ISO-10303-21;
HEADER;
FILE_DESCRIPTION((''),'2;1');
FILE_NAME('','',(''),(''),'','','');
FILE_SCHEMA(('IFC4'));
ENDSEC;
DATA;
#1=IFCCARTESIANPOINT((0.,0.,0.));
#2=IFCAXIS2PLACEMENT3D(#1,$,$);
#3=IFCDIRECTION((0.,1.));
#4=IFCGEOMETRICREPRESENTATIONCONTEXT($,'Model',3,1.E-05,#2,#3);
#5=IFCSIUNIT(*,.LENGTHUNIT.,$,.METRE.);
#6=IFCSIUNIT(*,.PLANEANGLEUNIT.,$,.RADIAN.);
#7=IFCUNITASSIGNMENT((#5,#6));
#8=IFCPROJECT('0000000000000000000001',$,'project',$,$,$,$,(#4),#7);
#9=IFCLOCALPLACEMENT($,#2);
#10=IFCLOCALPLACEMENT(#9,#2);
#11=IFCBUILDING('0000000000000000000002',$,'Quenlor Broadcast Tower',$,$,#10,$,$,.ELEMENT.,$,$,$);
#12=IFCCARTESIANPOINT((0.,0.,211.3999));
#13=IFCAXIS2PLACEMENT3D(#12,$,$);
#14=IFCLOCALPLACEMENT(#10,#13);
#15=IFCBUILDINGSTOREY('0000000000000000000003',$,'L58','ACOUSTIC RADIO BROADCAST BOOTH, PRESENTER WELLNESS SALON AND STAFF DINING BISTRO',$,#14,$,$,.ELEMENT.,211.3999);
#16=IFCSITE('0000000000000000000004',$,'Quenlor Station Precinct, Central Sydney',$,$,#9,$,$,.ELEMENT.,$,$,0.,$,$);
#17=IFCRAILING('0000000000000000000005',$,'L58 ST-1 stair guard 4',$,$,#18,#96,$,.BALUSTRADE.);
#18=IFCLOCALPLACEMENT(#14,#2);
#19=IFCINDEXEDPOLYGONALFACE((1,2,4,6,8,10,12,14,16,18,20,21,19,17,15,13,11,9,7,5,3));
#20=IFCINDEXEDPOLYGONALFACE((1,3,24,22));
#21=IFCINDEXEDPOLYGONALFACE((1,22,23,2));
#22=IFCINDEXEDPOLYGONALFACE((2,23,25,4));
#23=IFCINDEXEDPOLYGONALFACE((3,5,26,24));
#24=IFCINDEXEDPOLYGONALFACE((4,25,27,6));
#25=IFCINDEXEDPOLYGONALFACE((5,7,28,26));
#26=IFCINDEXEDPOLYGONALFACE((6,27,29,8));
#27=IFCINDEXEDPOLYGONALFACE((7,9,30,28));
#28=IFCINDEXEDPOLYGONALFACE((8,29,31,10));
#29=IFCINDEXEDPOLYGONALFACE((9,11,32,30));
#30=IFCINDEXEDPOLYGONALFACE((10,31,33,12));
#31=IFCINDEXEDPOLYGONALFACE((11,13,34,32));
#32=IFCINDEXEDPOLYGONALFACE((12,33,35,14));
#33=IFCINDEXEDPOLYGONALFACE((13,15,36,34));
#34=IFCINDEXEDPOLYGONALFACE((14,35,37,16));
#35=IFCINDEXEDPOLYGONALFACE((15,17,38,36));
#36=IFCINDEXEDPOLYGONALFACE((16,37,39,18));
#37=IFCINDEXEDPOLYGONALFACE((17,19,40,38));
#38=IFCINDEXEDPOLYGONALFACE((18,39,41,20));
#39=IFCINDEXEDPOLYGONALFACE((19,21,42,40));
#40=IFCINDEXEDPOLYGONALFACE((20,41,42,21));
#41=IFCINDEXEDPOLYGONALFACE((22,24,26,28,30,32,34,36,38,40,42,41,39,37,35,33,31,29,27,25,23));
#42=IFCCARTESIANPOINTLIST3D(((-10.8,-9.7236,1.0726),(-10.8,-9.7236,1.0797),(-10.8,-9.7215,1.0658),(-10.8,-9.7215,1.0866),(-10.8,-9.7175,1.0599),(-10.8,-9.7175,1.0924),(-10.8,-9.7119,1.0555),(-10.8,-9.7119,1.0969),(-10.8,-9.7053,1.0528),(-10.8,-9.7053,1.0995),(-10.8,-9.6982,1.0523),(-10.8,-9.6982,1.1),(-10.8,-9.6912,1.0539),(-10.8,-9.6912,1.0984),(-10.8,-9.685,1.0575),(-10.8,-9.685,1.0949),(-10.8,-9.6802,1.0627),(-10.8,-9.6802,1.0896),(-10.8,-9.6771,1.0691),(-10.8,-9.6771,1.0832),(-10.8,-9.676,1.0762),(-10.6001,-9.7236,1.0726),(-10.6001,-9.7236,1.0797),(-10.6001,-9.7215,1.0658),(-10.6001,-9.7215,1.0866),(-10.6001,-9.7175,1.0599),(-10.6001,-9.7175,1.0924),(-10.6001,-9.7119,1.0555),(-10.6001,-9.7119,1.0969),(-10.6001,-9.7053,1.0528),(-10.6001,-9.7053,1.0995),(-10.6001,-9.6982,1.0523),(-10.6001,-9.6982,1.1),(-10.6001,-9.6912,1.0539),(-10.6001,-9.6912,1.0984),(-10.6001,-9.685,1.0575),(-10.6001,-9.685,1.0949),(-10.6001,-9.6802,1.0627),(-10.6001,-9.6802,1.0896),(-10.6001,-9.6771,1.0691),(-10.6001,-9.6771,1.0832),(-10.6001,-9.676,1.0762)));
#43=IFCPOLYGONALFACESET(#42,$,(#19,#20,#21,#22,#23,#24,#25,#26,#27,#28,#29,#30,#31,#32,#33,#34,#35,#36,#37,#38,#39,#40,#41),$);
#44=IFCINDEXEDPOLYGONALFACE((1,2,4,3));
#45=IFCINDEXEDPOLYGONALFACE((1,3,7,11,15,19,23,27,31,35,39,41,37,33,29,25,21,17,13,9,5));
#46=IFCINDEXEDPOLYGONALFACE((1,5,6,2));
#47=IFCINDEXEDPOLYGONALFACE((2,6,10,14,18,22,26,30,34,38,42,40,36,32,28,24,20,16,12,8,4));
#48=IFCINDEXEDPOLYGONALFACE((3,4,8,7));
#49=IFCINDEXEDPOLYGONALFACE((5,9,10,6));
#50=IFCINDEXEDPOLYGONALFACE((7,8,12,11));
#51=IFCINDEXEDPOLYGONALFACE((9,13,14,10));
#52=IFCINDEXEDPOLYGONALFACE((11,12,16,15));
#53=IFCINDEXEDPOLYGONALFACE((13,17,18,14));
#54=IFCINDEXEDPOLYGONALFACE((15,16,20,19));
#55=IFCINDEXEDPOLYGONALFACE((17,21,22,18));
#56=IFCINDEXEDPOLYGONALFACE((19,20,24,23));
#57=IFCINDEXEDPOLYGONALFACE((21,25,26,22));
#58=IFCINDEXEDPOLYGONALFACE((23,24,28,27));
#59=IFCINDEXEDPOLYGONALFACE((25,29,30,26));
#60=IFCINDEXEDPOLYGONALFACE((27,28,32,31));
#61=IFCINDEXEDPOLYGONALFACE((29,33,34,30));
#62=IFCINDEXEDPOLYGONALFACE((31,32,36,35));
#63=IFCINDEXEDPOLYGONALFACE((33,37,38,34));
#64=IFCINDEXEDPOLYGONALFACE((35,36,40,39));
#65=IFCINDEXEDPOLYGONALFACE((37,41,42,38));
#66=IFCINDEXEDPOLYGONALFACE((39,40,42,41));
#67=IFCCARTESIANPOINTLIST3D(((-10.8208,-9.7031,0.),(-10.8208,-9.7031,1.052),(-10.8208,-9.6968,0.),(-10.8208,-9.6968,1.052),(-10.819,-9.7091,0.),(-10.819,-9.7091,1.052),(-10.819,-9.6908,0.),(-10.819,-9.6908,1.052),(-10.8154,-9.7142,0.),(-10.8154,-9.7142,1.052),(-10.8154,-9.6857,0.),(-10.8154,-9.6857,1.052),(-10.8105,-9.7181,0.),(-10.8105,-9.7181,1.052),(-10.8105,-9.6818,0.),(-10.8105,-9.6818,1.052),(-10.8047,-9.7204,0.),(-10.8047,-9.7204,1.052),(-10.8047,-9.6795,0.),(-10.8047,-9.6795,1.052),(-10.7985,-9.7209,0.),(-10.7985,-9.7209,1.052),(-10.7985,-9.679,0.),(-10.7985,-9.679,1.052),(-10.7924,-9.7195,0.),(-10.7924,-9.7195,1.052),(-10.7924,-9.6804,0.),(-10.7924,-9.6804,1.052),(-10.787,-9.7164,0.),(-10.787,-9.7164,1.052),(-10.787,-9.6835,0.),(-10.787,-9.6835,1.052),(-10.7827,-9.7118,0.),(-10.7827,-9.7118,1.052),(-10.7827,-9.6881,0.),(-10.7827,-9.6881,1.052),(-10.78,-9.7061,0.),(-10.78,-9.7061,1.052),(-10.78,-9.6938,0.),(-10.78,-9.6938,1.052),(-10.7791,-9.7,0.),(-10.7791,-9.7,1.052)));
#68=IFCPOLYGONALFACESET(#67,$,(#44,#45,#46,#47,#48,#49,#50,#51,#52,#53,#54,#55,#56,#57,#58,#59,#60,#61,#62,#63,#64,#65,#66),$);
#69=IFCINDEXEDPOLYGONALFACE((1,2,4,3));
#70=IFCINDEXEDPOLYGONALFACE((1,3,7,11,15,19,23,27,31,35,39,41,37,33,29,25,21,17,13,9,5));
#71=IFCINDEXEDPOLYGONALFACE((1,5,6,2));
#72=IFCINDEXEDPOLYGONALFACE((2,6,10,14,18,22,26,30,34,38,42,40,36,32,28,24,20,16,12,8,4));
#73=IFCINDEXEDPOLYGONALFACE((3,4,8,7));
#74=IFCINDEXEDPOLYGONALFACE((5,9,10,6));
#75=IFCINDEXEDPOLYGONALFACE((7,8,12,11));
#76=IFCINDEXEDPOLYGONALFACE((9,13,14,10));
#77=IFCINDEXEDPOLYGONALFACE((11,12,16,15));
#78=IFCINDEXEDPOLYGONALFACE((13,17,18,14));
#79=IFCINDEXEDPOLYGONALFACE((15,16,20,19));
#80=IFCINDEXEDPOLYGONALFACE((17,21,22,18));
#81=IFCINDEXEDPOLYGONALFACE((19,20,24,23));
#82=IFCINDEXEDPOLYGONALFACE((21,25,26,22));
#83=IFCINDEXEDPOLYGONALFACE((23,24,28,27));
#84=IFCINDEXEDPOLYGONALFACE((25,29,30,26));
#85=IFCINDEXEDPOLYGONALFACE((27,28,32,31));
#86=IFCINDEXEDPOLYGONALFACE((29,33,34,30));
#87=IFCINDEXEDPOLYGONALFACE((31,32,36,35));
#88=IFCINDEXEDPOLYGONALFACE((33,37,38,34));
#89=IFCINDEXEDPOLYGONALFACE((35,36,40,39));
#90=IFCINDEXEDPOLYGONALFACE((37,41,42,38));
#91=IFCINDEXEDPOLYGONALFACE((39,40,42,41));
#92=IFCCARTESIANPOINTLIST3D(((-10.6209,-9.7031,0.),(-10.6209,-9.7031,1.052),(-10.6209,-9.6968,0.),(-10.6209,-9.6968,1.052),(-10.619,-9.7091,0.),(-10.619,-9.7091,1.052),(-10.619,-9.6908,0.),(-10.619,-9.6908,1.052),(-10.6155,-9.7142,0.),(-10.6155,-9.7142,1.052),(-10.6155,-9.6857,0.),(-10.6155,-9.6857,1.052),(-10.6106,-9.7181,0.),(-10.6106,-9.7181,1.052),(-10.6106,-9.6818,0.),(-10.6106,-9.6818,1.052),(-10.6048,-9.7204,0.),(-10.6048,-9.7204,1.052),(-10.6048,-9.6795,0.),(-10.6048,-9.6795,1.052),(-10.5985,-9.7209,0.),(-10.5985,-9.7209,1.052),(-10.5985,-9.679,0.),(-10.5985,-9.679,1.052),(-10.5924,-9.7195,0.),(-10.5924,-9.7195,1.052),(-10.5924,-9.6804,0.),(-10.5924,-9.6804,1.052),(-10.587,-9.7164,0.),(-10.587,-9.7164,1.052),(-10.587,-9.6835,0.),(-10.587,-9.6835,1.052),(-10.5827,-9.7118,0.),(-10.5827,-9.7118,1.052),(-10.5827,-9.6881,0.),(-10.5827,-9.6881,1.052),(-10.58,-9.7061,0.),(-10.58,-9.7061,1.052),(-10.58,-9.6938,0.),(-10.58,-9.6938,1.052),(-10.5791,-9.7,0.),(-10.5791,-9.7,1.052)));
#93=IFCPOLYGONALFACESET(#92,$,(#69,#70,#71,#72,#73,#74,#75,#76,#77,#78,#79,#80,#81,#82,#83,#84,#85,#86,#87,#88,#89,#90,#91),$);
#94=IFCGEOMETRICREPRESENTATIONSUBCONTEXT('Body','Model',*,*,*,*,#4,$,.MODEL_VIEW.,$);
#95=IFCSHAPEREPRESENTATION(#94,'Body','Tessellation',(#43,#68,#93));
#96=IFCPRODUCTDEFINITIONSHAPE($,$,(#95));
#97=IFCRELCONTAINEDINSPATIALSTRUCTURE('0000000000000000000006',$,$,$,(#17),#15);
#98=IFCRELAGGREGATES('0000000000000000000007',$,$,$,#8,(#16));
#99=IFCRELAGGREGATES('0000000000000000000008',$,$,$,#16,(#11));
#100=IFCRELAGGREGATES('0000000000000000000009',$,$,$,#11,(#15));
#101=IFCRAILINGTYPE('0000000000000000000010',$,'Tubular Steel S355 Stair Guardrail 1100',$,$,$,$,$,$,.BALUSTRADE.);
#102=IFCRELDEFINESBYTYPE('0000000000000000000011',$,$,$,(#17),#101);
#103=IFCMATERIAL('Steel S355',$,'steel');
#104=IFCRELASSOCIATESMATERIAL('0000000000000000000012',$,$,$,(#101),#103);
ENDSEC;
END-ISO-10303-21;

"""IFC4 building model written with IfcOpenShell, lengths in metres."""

from ifc_helpers import new_model, si_unit, direction, frame, origin, origin_2d, place, context, subcontext, project, spatial, circle, extrude, material, type_object, element, save


model = new_model("IFC4")

# Units and contexts
model_context = context("Model", 3, precision=1e-05, world=origin(), true_north=direction((0.0, 1.0)))
body_context = subcontext(model_context, "Body", "Model", "MODEL_VIEW")
ifc_project = project(units=[si_unit("LENGTHUNIT", "METRE"), si_unit("PLANEANGLEUNIT", "RADIAN")], contexts=[model_context])

# Site, building, storey
site_placement = place(None, origin())
site = spatial("IfcSite", under=ifc_project, at=site_placement, Name="Quenlor Station Precinct, Central Sydney", CompositionType="ELEMENT", RefElevation=0.0)
building_placement = place(site_placement, origin())
building = spatial("IfcBuilding", under=site, at=building_placement, Name="Quenlor Broadcast Tower", CompositionType="ELEMENT")
storey_placement = place(building_placement, frame((0.0, 0.0, 211.3999)))
storey = spatial("IfcBuildingStorey", under=building, at=storey_placement, Name="L58", Description="ACOUSTIC RADIO BROADCAST BOOTH, PRESENTER WELLNESS SALON AND STAFF DINING BISTRO", CompositionType="ELEMENT", Elevation=211.3999)

# Railing
ifc_material_1 = material(Name="Steel S355", Category="steel")
railing_type_1 = type_object("IfcRailingType", Name="Tubular Steel S355 Stair Guardrail 1100", PredefinedType="BALUSTRADE", material=ifc_material_1)
railing_1_placement = place(storey_placement, frame((-10.8, -9.7, 0.0)))
element("IfcRailing", 1, at=railing_1_placement, inside=storey, type_object=railing_type_1, Name="L58 ST-1 stair guard 4", PredefinedType="BALUSTRADE", context=body_context, shape_type="SweptSolid", body=[
    extrude(circle(Radius=0.0239, at=origin_2d()), frame((0.0, 0.0, 1.0762), z_axis=(1.0, 0.0, 0.0), x_axis=(0.0, 1.0, 0.0)), (0.0, 0.0, 1.0), 0.2),
    extrude(circle(Radius=0.021, at=origin_2d()), origin(), (0.0, 0.0, 1.0), 1.052),
    extrude(circle(Radius=0.021, at=origin_2d()), frame((0.2, 0.0, 0.0)), (0.0, 0.0, 1.0), 1.052),
])

save(model, "model.ifc")
